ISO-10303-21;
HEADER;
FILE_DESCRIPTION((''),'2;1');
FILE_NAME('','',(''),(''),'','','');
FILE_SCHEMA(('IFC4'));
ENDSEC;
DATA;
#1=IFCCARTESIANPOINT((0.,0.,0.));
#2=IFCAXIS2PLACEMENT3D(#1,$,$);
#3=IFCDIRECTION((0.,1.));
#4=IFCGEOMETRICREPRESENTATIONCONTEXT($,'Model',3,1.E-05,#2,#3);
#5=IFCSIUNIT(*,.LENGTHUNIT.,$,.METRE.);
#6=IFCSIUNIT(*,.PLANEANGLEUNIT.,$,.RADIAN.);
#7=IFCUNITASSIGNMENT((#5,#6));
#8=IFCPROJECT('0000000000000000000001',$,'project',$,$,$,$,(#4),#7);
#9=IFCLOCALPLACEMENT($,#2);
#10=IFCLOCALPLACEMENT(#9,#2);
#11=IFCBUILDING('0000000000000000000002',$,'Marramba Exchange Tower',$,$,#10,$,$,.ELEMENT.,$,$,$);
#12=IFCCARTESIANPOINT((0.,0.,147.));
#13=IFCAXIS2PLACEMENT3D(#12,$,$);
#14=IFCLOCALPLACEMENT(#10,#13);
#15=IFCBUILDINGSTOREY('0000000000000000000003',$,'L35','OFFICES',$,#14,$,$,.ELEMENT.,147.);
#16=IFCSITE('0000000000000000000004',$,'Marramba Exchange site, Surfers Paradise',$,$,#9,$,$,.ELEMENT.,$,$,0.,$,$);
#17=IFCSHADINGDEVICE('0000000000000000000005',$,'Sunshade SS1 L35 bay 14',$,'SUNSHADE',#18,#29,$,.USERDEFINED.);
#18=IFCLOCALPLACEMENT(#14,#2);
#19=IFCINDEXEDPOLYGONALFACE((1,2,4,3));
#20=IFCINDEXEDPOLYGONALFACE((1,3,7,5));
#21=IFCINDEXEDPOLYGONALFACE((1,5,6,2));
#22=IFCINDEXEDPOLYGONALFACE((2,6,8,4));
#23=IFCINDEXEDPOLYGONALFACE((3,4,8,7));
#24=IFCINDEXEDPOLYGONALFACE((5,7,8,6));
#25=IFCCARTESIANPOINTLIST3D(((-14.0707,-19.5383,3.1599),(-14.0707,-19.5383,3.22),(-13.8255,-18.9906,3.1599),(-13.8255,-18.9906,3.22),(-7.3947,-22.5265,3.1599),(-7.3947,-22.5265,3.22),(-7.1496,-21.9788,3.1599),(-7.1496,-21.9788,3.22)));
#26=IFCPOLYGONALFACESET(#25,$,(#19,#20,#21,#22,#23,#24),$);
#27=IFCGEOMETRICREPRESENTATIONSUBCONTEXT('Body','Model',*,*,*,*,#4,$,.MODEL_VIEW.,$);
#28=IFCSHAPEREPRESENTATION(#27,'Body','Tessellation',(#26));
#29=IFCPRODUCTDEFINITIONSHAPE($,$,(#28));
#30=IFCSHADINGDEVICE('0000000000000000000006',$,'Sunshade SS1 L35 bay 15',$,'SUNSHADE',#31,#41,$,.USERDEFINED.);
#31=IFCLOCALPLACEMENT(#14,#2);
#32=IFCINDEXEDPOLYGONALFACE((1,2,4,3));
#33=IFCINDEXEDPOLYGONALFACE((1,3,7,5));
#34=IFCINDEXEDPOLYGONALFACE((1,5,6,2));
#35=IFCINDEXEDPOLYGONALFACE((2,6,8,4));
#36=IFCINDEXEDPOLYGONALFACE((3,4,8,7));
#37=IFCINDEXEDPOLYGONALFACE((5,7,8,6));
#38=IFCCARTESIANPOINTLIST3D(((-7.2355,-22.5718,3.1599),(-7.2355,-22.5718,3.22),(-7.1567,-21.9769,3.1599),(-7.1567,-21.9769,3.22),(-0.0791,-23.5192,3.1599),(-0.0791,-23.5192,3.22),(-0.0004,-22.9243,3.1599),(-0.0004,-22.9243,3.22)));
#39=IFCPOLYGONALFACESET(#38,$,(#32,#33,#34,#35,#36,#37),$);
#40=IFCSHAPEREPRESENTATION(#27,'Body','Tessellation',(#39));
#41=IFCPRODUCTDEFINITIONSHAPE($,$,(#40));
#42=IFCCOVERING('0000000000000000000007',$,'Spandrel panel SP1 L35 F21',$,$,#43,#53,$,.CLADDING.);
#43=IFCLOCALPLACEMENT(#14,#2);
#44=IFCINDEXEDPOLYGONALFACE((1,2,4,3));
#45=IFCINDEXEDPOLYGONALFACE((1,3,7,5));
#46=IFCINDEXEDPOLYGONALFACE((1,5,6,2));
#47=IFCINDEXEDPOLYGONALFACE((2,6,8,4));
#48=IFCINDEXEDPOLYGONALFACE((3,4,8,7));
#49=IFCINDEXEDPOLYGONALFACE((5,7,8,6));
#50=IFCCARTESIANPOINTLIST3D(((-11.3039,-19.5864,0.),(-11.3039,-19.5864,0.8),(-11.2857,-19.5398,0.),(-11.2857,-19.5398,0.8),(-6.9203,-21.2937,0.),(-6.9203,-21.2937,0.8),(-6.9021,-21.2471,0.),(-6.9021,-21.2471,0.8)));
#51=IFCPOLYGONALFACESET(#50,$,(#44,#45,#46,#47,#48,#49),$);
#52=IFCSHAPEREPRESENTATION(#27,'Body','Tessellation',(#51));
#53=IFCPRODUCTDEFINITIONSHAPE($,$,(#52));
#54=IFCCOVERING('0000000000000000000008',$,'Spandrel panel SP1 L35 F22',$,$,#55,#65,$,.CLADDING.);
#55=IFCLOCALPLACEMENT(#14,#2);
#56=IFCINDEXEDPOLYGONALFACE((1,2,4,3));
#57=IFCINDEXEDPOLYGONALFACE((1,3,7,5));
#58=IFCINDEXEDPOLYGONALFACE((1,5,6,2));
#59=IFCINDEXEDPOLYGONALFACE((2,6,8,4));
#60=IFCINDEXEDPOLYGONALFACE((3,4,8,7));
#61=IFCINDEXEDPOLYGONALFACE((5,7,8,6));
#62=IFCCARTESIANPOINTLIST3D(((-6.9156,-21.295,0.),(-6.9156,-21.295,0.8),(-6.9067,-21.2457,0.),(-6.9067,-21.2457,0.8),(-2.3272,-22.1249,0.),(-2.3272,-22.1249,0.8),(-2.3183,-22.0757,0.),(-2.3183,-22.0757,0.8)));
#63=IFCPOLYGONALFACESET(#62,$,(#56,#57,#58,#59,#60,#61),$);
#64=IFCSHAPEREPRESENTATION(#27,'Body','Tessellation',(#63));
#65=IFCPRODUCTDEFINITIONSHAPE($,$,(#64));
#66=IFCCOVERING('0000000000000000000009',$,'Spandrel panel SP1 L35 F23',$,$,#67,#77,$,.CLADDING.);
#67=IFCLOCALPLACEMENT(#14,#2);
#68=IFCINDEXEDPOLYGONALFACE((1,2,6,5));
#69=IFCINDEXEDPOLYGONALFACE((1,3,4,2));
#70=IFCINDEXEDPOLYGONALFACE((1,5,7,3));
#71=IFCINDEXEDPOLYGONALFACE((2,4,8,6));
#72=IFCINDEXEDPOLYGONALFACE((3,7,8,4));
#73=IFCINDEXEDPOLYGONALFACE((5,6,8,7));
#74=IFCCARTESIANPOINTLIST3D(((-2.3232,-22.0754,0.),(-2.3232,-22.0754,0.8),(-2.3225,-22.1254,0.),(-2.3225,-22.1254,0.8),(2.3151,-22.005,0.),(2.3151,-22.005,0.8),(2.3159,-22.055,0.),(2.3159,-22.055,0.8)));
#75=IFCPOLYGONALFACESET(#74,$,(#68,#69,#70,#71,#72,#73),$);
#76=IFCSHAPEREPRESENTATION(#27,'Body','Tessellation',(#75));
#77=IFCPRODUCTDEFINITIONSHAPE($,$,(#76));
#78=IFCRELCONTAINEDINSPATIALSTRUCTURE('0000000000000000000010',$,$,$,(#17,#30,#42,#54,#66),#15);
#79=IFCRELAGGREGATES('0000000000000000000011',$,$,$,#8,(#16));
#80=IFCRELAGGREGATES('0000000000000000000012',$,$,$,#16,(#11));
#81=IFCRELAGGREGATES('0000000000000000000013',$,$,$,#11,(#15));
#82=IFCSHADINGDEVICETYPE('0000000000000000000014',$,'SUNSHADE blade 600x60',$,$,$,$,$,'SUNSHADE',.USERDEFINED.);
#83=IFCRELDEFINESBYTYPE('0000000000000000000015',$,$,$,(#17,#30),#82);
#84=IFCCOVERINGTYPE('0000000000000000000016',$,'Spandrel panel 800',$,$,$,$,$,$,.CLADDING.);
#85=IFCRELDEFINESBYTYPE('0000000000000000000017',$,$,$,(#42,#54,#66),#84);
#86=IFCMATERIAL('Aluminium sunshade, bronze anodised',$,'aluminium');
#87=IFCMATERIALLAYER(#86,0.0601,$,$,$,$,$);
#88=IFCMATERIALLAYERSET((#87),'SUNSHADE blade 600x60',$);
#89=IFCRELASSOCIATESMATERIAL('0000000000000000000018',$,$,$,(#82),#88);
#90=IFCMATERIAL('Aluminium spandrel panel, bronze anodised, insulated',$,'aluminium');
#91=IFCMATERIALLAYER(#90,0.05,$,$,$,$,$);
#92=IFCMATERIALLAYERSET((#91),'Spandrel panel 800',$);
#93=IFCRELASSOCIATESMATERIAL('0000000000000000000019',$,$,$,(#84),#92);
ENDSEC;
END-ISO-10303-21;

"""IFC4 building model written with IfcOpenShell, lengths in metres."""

from ifc_helpers import new_model, si_unit, direction, frame, origin, origin_2d, place, context, subcontext, project, spatial, rectangle, extrude, material, layer, layer_set, type_object, element, save


model = new_model("IFC4")

# Units and contexts
model_context = context("Model", 3, precision=1e-05, world=origin(), true_north=direction((0.0, 1.0)))
body_context = subcontext(model_context, "Body", "Model", "MODEL_VIEW")
ifc_project = project(units=[si_unit("LENGTHUNIT", "METRE"), si_unit("PLANEANGLEUNIT", "RADIAN")], contexts=[model_context])

# Site, building, storey
site_placement = place(None, origin())
site = spatial("IfcSite", under=ifc_project, at=site_placement, Name="Marramba Exchange site, Surfers Paradise", CompositionType="ELEMENT", RefElevation=0.0)
building_placement = place(site_placement, origin())
building = spatial("IfcBuilding", under=site, at=building_placement, Name="Marramba Exchange Tower", CompositionType="ELEMENT")
storey_placement = place(building_placement, frame((0.0, 0.0, 147.0)))
storey = spatial("IfcBuildingStorey", under=building, at=storey_placement, Name="L35", Description="OFFICES", CompositionType="ELEMENT", Elevation=147.0)

# Shading devices
ifc_material_1 = material(Name="Aluminium sunshade, bronze anodised", Category="aluminium")
ifc_layer_1 = layer(ifc_material_1, 0.0601)
ifc_layer_set_1 = layer_set([ifc_layer_1], Name="SUNSHADE blade 600x60")
shading_device_type_1 = type_object("IfcShadingDeviceType", Name="SUNSHADE blade 600x60", ElementType="SUNSHADE", PredefinedType="USERDEFINED", material=ifc_layer_set_1)
shading_device_1_placement = place(storey_placement, frame((-10.6101, -20.7585, 3.1599), z_axis=(0.0, 0.0, 1.0), x_axis=(0.912736, -0.40855, 0.0)))
element("IfcShadingDevice", 1, at=shading_device_1_placement, inside=storey, type_object=shading_device_type_1, Name="Sunshade SS1 L35 bay 14", ObjectType="SUNSHADE", PredefinedType="USERDEFINED", context=body_context, shape_type="SweptSolid", body=[
    extrude(rectangle(XDim=7.3142, YDim=0.6001, at=origin_2d()), origin(), (0.0, 0.0, 1.0), 0.0601),
])
shading_device_2_placement = place(storey_placement, frame((-3.6179, -22.748, 3.1599), z_axis=(0.0, 0.0, 1.0), x_axis=(0.99135, -0.131241, 0.0)))
element("IfcShadingDevice", 2, at=shading_device_2_placement, inside=storey, type_object=shading_device_type_1, Name="Sunshade SS1 L35 bay 15", ObjectType="SUNSHADE", PredefinedType="USERDEFINED", context=body_context, shape_type="SweptSolid", body=[
    extrude(rectangle(XDim=7.2188, YDim=0.6001, at=origin_2d()), origin(), (0.0, 0.0, 1.0), 0.0601),
])

# Coverings
ifc_material_2 = material(Name="Aluminium spandrel panel, bronze anodised, insulated", Category="aluminium")
ifc_layer_2 = layer(ifc_material_2, 0.05)
ifc_layer_set_2 = layer_set([ifc_layer_2], Name="Spandrel panel 800")
covering_type = type_object("IfcCoveringType", Name="Spandrel panel 800", PredefinedType="CLADDING", material=ifc_layer_set_2)
covering_1_placement = place(storey_placement, frame((-9.103, -20.4167, 0.0), z_axis=(0.0, 0.0, 1.0), x_axis=(0.931818, -0.362925, 0.0)))
element("IfcCovering", 3, at=covering_1_placement, inside=storey, type_object=covering_type, Name="Spandrel panel SP1 L35 F21", PredefinedType="CLADDING", context=body_context, shape_type="SweptSolid", body=[
    extrude(rectangle(XDim=4.7043, YDim=0.05, at=origin_2d()), origin(), (0.0, 0.0, 1.0), 0.8),
])
covering_2_placement = place(storey_placement, frame((-4.6169, -21.6853, 0.0), z_axis=(0.0, 0.0, 1.0), x_axis=(0.984032, -0.177992, 0.0)))
element("IfcCovering", 4, at=covering_2_placement, inside=storey, type_object=covering_type, Name="Spandrel panel SP1 L35 F22", PredefinedType="CLADDING", context=body_context, shape_type="SweptSolid", body=[
    extrude(rectangle(XDim=4.6628, YDim=0.05, at=origin_2d()), origin(), (0.0, 0.0, 1.0), 0.8),
])
covering_3_placement = place(storey_placement, frame((-0.0037, -22.0652, 0.0), z_axis=(0.0, 0.0, 1.0), x_axis=(0.999885, 0.015179, 0.0)))
element("IfcCovering", 5, at=covering_3_placement, inside=storey, type_object=covering_type, Name="Spandrel panel SP1 L35 F23", PredefinedType="CLADDING", context=body_context, shape_type="SweptSolid", body=[
    extrude(rectangle(XDim=4.6389, YDim=0.05, at=origin_2d()), origin(), (0.0, 0.0, 1.0), 0.8),
])

save(model, "model.ifc")
